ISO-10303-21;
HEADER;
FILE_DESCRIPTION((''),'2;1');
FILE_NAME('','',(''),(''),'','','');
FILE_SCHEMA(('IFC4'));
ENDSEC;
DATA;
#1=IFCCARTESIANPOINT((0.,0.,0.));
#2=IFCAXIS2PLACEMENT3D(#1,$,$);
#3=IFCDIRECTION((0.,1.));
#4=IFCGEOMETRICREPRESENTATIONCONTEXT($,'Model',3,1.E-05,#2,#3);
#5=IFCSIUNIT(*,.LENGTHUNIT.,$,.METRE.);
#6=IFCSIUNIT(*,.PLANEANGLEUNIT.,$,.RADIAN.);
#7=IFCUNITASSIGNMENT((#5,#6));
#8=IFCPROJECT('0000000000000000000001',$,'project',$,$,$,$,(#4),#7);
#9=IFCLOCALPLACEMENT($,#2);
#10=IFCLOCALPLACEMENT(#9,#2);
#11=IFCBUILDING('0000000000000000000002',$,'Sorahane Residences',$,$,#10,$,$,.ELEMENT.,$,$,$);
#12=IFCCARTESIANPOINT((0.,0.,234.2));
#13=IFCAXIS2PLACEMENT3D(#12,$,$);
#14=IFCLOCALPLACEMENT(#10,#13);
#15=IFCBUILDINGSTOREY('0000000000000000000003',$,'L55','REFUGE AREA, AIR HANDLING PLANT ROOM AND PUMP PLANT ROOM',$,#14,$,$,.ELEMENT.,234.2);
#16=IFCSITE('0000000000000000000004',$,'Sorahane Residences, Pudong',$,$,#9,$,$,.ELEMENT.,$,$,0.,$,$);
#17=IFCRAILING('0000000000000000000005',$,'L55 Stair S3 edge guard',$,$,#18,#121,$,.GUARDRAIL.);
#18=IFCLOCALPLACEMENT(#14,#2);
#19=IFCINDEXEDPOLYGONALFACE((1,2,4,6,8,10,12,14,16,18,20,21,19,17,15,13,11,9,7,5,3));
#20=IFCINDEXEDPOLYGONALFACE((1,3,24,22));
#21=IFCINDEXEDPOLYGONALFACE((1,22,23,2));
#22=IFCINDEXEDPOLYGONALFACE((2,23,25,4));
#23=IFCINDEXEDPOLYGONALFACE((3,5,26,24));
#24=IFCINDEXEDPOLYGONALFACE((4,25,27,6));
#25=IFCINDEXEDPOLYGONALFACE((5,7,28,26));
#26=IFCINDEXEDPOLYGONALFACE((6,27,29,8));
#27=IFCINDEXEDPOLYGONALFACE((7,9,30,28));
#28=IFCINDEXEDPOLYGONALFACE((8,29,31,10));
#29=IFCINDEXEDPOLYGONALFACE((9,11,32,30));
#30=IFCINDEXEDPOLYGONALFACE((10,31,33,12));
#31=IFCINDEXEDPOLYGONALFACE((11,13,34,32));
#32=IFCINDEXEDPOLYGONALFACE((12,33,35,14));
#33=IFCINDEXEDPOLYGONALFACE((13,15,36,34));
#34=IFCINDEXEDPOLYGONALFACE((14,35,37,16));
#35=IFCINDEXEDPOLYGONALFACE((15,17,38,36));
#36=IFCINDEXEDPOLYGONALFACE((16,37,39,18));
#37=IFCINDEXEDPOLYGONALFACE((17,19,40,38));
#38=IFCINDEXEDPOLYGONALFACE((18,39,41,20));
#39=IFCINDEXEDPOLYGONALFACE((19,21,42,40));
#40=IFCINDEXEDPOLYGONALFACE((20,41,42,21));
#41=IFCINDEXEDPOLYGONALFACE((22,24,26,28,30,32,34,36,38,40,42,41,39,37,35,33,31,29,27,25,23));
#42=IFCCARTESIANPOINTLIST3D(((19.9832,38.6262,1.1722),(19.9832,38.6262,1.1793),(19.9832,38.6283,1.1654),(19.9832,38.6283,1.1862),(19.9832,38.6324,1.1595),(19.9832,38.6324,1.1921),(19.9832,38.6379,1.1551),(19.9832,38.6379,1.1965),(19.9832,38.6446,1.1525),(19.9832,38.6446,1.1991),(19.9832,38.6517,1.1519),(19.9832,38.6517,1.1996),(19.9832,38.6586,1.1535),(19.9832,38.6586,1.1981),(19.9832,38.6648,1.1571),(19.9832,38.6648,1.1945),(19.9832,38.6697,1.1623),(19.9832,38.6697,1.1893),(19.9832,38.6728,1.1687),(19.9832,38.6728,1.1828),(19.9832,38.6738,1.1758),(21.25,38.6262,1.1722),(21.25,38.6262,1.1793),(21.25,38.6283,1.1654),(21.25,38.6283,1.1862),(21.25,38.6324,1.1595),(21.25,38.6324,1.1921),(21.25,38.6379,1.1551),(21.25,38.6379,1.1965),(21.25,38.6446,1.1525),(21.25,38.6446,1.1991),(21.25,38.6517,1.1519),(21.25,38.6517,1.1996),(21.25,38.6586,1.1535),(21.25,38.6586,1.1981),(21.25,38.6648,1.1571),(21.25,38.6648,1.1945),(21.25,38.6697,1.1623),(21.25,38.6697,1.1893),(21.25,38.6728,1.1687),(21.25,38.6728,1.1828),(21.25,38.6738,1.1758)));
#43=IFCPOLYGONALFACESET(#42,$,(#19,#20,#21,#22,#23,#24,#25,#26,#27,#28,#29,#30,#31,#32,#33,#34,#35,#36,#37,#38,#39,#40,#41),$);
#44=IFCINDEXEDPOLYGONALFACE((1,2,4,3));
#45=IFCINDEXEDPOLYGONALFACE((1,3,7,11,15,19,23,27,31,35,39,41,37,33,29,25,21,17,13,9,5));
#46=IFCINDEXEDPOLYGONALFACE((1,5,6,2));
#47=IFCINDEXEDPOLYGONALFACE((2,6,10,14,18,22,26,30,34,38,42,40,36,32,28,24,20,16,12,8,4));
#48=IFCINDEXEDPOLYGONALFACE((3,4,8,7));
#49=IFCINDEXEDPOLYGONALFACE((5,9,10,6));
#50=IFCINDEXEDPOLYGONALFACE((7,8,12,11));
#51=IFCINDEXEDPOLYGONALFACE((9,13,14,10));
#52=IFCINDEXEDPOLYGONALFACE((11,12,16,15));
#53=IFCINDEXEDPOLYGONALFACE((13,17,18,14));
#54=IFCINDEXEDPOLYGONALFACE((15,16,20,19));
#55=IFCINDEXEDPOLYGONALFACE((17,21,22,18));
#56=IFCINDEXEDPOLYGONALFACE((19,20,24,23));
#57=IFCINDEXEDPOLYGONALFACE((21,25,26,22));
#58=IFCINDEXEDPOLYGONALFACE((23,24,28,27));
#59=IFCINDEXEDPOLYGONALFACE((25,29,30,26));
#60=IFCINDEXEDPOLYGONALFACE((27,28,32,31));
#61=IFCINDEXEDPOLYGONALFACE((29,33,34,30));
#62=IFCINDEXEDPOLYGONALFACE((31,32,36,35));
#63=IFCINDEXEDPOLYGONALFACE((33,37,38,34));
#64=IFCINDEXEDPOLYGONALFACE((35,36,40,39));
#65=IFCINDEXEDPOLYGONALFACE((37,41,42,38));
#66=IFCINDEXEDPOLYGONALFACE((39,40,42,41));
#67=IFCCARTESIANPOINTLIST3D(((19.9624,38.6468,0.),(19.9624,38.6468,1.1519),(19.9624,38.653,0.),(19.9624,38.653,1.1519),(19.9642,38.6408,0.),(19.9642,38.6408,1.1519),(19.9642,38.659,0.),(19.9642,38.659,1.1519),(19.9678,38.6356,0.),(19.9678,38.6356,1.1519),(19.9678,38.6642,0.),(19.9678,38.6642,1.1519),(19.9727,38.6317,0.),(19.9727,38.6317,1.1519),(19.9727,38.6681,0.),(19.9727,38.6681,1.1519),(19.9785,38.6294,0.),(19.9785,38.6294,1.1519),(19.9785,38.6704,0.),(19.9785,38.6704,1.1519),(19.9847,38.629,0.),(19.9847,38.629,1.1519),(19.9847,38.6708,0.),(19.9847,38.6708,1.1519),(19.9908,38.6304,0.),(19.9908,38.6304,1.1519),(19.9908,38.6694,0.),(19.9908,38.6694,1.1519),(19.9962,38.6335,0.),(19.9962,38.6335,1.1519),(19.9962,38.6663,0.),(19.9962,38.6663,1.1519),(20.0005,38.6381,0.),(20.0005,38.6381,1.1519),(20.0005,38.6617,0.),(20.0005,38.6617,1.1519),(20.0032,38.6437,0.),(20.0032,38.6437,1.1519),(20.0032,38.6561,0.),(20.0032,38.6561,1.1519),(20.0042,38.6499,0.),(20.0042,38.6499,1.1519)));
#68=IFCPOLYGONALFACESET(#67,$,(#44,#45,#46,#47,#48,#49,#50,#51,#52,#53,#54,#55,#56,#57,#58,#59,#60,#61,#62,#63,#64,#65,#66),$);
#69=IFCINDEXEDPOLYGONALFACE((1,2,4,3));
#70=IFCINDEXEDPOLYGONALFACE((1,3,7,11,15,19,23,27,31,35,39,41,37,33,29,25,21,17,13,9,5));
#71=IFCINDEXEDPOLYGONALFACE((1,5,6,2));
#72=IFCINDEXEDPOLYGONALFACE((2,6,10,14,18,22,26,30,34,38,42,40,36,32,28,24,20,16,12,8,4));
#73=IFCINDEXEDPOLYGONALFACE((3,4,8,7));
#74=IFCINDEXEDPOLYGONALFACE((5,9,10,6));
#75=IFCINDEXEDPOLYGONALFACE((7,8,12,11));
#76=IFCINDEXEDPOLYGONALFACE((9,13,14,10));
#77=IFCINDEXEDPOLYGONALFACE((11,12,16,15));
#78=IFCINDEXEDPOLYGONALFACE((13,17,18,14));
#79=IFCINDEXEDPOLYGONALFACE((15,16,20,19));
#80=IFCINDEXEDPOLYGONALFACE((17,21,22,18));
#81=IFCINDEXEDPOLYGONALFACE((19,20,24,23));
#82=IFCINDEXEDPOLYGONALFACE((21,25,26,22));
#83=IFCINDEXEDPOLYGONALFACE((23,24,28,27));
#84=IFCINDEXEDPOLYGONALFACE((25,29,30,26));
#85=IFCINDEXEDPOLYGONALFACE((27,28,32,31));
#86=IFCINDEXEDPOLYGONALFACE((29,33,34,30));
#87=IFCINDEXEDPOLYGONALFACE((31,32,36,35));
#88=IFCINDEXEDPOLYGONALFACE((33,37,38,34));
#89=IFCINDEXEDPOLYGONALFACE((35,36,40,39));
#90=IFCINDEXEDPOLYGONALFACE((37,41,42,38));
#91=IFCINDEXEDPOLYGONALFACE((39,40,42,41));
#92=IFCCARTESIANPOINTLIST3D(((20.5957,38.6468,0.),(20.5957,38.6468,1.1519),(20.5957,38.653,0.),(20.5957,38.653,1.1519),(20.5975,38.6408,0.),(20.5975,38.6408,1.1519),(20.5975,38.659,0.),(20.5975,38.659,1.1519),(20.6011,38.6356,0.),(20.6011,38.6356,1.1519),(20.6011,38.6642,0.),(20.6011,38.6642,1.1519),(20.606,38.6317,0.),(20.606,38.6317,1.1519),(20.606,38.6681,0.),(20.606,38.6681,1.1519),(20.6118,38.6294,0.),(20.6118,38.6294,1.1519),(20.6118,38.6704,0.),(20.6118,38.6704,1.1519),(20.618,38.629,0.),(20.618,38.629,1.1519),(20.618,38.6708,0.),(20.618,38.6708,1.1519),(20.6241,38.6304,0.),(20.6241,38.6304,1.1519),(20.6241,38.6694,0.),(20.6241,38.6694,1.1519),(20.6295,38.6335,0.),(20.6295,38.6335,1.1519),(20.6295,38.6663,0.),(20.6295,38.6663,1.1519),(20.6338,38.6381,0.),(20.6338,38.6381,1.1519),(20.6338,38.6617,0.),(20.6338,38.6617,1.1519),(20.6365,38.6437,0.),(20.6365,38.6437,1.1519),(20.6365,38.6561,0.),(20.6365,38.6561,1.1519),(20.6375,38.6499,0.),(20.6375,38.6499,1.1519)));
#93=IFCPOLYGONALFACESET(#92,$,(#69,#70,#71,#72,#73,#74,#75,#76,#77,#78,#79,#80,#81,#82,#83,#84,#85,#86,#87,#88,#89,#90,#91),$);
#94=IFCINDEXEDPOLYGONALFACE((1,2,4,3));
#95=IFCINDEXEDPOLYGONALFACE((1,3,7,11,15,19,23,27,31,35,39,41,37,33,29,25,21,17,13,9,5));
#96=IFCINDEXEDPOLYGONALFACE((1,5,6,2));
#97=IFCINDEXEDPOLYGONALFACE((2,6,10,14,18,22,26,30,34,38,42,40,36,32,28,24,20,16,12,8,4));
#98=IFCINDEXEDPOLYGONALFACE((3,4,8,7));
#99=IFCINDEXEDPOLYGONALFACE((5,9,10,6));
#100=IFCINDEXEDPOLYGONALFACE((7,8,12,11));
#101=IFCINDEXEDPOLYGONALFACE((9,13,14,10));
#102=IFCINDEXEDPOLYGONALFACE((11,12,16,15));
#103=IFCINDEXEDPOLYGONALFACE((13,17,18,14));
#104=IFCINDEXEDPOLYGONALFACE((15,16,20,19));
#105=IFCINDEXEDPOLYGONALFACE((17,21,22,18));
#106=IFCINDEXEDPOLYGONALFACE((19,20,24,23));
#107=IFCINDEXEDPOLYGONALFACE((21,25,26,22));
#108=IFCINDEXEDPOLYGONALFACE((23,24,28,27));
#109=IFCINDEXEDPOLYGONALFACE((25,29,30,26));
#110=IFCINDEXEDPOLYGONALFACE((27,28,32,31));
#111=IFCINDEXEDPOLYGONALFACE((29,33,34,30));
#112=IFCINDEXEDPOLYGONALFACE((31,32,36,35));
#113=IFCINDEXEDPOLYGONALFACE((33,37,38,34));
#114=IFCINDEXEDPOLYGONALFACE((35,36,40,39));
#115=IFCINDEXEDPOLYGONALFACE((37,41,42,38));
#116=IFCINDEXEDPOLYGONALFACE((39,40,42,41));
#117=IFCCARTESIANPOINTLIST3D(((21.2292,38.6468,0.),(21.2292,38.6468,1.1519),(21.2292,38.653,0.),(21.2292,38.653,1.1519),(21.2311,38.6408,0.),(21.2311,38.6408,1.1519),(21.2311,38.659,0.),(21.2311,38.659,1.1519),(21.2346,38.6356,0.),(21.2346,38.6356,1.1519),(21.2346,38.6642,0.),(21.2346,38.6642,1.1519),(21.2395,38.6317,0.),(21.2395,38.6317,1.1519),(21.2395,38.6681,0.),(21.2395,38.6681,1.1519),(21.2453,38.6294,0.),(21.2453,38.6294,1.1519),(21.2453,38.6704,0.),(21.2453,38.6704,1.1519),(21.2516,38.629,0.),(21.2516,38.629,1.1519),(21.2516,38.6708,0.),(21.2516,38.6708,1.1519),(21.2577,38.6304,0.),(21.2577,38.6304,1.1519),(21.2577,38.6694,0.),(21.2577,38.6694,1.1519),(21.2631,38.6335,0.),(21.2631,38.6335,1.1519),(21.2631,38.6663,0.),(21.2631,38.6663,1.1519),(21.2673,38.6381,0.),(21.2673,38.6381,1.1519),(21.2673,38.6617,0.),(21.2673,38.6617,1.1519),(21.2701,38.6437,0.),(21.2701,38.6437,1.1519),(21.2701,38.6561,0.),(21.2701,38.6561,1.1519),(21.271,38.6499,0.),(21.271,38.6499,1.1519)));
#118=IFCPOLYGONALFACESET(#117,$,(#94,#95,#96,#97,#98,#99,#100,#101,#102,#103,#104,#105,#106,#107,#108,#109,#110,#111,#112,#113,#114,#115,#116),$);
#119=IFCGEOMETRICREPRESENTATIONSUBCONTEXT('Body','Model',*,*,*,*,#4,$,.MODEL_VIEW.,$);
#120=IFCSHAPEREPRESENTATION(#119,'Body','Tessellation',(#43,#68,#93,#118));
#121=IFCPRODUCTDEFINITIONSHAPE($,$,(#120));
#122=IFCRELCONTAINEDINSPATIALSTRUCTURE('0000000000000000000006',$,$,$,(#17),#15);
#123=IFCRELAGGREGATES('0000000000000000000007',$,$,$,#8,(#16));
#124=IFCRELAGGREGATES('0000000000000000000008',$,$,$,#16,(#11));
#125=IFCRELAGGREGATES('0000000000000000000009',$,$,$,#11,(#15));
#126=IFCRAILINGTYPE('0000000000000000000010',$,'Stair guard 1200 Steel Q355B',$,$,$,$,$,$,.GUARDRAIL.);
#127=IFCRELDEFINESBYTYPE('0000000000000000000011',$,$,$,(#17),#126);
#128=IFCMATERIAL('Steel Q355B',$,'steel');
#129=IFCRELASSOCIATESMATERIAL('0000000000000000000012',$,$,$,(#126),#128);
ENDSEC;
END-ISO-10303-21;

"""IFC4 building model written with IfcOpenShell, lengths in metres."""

from ifc_helpers import new_model, si_unit, direction, frame, origin, origin_2d, place, context, subcontext, project, spatial, circle, extrude, material, type_object, element, save


model = new_model("IFC4")

# Units and contexts
model_context = context("Model", 3, precision=1e-05, world=origin(), true_north=direction((0.0, 1.0)))
body_context = subcontext(model_context, "Body", "Model", "MODEL_VIEW")
ifc_project = project(units=[si_unit("LENGTHUNIT", "METRE"), si_unit("PLANEANGLEUNIT", "RADIAN")], contexts=[model_context])

# Site, building, storey
site_placement = place(None, origin())
site = spatial("IfcSite", under=ifc_project, at=site_placement, Name="Sorahane Residences, Pudong", CompositionType="ELEMENT", RefElevation=0.0)
building_placement = place(site_placement, origin())
building = spatial("IfcBuilding", under=site, at=building_placement, Name="Sorahane Residences", CompositionType="ELEMENT")
storey_placement = place(building_placement, frame((0.0, 0.0, 234.2)))
storey = spatial("IfcBuildingStorey", under=building, at=storey_placement, Name="L55", Description="REFUGE AREA, AIR HANDLING PLANT ROOM AND PUMP PLANT ROOM", CompositionType="ELEMENT", Elevation=234.2)

# Railing
ifc_material_1 = material(Name="Steel Q355B", Category="steel")
railing_type_1 = type_object("IfcRailingType", Name="Stair guard 1200 Steel Q355B", PredefinedType="GUARDRAIL", material=ifc_material_1)
railing_1_placement = place(storey_placement, frame((19.9832, 38.6499, 0.0)))
element("IfcRailing", 1, at=railing_1_placement, inside=storey, type_object=railing_type_1, Name="L55 Stair S3 edge guard", PredefinedType="GUARDRAIL", context=body_context, shape_type="SweptSolid", body=[
    extrude(circle(Radius=0.0239, at=origin_2d()), frame((0.0, 0.0, 1.1758), z_axis=(1.0, 0.0, 0.0), x_axis=(0.0, 1.0, 0.0)), (0.0, 0.0, 1.0), 1.2668),
    extrude(circle(Radius=0.021, at=origin_2d()), origin(), (0.0, 0.0, 1.0), 1.1519),
    extrude(circle(Radius=0.021, at=origin_2d()), frame((0.6333, 0.0, 0.0)), (0.0, 0.0, 1.0), 1.1519),
    extrude(circle(Radius=0.021, at=origin_2d()), frame((1.2668, 0.0, 0.0)), (0.0, 0.0, 1.0), 1.1519),
])

save(model, "model.ifc")
